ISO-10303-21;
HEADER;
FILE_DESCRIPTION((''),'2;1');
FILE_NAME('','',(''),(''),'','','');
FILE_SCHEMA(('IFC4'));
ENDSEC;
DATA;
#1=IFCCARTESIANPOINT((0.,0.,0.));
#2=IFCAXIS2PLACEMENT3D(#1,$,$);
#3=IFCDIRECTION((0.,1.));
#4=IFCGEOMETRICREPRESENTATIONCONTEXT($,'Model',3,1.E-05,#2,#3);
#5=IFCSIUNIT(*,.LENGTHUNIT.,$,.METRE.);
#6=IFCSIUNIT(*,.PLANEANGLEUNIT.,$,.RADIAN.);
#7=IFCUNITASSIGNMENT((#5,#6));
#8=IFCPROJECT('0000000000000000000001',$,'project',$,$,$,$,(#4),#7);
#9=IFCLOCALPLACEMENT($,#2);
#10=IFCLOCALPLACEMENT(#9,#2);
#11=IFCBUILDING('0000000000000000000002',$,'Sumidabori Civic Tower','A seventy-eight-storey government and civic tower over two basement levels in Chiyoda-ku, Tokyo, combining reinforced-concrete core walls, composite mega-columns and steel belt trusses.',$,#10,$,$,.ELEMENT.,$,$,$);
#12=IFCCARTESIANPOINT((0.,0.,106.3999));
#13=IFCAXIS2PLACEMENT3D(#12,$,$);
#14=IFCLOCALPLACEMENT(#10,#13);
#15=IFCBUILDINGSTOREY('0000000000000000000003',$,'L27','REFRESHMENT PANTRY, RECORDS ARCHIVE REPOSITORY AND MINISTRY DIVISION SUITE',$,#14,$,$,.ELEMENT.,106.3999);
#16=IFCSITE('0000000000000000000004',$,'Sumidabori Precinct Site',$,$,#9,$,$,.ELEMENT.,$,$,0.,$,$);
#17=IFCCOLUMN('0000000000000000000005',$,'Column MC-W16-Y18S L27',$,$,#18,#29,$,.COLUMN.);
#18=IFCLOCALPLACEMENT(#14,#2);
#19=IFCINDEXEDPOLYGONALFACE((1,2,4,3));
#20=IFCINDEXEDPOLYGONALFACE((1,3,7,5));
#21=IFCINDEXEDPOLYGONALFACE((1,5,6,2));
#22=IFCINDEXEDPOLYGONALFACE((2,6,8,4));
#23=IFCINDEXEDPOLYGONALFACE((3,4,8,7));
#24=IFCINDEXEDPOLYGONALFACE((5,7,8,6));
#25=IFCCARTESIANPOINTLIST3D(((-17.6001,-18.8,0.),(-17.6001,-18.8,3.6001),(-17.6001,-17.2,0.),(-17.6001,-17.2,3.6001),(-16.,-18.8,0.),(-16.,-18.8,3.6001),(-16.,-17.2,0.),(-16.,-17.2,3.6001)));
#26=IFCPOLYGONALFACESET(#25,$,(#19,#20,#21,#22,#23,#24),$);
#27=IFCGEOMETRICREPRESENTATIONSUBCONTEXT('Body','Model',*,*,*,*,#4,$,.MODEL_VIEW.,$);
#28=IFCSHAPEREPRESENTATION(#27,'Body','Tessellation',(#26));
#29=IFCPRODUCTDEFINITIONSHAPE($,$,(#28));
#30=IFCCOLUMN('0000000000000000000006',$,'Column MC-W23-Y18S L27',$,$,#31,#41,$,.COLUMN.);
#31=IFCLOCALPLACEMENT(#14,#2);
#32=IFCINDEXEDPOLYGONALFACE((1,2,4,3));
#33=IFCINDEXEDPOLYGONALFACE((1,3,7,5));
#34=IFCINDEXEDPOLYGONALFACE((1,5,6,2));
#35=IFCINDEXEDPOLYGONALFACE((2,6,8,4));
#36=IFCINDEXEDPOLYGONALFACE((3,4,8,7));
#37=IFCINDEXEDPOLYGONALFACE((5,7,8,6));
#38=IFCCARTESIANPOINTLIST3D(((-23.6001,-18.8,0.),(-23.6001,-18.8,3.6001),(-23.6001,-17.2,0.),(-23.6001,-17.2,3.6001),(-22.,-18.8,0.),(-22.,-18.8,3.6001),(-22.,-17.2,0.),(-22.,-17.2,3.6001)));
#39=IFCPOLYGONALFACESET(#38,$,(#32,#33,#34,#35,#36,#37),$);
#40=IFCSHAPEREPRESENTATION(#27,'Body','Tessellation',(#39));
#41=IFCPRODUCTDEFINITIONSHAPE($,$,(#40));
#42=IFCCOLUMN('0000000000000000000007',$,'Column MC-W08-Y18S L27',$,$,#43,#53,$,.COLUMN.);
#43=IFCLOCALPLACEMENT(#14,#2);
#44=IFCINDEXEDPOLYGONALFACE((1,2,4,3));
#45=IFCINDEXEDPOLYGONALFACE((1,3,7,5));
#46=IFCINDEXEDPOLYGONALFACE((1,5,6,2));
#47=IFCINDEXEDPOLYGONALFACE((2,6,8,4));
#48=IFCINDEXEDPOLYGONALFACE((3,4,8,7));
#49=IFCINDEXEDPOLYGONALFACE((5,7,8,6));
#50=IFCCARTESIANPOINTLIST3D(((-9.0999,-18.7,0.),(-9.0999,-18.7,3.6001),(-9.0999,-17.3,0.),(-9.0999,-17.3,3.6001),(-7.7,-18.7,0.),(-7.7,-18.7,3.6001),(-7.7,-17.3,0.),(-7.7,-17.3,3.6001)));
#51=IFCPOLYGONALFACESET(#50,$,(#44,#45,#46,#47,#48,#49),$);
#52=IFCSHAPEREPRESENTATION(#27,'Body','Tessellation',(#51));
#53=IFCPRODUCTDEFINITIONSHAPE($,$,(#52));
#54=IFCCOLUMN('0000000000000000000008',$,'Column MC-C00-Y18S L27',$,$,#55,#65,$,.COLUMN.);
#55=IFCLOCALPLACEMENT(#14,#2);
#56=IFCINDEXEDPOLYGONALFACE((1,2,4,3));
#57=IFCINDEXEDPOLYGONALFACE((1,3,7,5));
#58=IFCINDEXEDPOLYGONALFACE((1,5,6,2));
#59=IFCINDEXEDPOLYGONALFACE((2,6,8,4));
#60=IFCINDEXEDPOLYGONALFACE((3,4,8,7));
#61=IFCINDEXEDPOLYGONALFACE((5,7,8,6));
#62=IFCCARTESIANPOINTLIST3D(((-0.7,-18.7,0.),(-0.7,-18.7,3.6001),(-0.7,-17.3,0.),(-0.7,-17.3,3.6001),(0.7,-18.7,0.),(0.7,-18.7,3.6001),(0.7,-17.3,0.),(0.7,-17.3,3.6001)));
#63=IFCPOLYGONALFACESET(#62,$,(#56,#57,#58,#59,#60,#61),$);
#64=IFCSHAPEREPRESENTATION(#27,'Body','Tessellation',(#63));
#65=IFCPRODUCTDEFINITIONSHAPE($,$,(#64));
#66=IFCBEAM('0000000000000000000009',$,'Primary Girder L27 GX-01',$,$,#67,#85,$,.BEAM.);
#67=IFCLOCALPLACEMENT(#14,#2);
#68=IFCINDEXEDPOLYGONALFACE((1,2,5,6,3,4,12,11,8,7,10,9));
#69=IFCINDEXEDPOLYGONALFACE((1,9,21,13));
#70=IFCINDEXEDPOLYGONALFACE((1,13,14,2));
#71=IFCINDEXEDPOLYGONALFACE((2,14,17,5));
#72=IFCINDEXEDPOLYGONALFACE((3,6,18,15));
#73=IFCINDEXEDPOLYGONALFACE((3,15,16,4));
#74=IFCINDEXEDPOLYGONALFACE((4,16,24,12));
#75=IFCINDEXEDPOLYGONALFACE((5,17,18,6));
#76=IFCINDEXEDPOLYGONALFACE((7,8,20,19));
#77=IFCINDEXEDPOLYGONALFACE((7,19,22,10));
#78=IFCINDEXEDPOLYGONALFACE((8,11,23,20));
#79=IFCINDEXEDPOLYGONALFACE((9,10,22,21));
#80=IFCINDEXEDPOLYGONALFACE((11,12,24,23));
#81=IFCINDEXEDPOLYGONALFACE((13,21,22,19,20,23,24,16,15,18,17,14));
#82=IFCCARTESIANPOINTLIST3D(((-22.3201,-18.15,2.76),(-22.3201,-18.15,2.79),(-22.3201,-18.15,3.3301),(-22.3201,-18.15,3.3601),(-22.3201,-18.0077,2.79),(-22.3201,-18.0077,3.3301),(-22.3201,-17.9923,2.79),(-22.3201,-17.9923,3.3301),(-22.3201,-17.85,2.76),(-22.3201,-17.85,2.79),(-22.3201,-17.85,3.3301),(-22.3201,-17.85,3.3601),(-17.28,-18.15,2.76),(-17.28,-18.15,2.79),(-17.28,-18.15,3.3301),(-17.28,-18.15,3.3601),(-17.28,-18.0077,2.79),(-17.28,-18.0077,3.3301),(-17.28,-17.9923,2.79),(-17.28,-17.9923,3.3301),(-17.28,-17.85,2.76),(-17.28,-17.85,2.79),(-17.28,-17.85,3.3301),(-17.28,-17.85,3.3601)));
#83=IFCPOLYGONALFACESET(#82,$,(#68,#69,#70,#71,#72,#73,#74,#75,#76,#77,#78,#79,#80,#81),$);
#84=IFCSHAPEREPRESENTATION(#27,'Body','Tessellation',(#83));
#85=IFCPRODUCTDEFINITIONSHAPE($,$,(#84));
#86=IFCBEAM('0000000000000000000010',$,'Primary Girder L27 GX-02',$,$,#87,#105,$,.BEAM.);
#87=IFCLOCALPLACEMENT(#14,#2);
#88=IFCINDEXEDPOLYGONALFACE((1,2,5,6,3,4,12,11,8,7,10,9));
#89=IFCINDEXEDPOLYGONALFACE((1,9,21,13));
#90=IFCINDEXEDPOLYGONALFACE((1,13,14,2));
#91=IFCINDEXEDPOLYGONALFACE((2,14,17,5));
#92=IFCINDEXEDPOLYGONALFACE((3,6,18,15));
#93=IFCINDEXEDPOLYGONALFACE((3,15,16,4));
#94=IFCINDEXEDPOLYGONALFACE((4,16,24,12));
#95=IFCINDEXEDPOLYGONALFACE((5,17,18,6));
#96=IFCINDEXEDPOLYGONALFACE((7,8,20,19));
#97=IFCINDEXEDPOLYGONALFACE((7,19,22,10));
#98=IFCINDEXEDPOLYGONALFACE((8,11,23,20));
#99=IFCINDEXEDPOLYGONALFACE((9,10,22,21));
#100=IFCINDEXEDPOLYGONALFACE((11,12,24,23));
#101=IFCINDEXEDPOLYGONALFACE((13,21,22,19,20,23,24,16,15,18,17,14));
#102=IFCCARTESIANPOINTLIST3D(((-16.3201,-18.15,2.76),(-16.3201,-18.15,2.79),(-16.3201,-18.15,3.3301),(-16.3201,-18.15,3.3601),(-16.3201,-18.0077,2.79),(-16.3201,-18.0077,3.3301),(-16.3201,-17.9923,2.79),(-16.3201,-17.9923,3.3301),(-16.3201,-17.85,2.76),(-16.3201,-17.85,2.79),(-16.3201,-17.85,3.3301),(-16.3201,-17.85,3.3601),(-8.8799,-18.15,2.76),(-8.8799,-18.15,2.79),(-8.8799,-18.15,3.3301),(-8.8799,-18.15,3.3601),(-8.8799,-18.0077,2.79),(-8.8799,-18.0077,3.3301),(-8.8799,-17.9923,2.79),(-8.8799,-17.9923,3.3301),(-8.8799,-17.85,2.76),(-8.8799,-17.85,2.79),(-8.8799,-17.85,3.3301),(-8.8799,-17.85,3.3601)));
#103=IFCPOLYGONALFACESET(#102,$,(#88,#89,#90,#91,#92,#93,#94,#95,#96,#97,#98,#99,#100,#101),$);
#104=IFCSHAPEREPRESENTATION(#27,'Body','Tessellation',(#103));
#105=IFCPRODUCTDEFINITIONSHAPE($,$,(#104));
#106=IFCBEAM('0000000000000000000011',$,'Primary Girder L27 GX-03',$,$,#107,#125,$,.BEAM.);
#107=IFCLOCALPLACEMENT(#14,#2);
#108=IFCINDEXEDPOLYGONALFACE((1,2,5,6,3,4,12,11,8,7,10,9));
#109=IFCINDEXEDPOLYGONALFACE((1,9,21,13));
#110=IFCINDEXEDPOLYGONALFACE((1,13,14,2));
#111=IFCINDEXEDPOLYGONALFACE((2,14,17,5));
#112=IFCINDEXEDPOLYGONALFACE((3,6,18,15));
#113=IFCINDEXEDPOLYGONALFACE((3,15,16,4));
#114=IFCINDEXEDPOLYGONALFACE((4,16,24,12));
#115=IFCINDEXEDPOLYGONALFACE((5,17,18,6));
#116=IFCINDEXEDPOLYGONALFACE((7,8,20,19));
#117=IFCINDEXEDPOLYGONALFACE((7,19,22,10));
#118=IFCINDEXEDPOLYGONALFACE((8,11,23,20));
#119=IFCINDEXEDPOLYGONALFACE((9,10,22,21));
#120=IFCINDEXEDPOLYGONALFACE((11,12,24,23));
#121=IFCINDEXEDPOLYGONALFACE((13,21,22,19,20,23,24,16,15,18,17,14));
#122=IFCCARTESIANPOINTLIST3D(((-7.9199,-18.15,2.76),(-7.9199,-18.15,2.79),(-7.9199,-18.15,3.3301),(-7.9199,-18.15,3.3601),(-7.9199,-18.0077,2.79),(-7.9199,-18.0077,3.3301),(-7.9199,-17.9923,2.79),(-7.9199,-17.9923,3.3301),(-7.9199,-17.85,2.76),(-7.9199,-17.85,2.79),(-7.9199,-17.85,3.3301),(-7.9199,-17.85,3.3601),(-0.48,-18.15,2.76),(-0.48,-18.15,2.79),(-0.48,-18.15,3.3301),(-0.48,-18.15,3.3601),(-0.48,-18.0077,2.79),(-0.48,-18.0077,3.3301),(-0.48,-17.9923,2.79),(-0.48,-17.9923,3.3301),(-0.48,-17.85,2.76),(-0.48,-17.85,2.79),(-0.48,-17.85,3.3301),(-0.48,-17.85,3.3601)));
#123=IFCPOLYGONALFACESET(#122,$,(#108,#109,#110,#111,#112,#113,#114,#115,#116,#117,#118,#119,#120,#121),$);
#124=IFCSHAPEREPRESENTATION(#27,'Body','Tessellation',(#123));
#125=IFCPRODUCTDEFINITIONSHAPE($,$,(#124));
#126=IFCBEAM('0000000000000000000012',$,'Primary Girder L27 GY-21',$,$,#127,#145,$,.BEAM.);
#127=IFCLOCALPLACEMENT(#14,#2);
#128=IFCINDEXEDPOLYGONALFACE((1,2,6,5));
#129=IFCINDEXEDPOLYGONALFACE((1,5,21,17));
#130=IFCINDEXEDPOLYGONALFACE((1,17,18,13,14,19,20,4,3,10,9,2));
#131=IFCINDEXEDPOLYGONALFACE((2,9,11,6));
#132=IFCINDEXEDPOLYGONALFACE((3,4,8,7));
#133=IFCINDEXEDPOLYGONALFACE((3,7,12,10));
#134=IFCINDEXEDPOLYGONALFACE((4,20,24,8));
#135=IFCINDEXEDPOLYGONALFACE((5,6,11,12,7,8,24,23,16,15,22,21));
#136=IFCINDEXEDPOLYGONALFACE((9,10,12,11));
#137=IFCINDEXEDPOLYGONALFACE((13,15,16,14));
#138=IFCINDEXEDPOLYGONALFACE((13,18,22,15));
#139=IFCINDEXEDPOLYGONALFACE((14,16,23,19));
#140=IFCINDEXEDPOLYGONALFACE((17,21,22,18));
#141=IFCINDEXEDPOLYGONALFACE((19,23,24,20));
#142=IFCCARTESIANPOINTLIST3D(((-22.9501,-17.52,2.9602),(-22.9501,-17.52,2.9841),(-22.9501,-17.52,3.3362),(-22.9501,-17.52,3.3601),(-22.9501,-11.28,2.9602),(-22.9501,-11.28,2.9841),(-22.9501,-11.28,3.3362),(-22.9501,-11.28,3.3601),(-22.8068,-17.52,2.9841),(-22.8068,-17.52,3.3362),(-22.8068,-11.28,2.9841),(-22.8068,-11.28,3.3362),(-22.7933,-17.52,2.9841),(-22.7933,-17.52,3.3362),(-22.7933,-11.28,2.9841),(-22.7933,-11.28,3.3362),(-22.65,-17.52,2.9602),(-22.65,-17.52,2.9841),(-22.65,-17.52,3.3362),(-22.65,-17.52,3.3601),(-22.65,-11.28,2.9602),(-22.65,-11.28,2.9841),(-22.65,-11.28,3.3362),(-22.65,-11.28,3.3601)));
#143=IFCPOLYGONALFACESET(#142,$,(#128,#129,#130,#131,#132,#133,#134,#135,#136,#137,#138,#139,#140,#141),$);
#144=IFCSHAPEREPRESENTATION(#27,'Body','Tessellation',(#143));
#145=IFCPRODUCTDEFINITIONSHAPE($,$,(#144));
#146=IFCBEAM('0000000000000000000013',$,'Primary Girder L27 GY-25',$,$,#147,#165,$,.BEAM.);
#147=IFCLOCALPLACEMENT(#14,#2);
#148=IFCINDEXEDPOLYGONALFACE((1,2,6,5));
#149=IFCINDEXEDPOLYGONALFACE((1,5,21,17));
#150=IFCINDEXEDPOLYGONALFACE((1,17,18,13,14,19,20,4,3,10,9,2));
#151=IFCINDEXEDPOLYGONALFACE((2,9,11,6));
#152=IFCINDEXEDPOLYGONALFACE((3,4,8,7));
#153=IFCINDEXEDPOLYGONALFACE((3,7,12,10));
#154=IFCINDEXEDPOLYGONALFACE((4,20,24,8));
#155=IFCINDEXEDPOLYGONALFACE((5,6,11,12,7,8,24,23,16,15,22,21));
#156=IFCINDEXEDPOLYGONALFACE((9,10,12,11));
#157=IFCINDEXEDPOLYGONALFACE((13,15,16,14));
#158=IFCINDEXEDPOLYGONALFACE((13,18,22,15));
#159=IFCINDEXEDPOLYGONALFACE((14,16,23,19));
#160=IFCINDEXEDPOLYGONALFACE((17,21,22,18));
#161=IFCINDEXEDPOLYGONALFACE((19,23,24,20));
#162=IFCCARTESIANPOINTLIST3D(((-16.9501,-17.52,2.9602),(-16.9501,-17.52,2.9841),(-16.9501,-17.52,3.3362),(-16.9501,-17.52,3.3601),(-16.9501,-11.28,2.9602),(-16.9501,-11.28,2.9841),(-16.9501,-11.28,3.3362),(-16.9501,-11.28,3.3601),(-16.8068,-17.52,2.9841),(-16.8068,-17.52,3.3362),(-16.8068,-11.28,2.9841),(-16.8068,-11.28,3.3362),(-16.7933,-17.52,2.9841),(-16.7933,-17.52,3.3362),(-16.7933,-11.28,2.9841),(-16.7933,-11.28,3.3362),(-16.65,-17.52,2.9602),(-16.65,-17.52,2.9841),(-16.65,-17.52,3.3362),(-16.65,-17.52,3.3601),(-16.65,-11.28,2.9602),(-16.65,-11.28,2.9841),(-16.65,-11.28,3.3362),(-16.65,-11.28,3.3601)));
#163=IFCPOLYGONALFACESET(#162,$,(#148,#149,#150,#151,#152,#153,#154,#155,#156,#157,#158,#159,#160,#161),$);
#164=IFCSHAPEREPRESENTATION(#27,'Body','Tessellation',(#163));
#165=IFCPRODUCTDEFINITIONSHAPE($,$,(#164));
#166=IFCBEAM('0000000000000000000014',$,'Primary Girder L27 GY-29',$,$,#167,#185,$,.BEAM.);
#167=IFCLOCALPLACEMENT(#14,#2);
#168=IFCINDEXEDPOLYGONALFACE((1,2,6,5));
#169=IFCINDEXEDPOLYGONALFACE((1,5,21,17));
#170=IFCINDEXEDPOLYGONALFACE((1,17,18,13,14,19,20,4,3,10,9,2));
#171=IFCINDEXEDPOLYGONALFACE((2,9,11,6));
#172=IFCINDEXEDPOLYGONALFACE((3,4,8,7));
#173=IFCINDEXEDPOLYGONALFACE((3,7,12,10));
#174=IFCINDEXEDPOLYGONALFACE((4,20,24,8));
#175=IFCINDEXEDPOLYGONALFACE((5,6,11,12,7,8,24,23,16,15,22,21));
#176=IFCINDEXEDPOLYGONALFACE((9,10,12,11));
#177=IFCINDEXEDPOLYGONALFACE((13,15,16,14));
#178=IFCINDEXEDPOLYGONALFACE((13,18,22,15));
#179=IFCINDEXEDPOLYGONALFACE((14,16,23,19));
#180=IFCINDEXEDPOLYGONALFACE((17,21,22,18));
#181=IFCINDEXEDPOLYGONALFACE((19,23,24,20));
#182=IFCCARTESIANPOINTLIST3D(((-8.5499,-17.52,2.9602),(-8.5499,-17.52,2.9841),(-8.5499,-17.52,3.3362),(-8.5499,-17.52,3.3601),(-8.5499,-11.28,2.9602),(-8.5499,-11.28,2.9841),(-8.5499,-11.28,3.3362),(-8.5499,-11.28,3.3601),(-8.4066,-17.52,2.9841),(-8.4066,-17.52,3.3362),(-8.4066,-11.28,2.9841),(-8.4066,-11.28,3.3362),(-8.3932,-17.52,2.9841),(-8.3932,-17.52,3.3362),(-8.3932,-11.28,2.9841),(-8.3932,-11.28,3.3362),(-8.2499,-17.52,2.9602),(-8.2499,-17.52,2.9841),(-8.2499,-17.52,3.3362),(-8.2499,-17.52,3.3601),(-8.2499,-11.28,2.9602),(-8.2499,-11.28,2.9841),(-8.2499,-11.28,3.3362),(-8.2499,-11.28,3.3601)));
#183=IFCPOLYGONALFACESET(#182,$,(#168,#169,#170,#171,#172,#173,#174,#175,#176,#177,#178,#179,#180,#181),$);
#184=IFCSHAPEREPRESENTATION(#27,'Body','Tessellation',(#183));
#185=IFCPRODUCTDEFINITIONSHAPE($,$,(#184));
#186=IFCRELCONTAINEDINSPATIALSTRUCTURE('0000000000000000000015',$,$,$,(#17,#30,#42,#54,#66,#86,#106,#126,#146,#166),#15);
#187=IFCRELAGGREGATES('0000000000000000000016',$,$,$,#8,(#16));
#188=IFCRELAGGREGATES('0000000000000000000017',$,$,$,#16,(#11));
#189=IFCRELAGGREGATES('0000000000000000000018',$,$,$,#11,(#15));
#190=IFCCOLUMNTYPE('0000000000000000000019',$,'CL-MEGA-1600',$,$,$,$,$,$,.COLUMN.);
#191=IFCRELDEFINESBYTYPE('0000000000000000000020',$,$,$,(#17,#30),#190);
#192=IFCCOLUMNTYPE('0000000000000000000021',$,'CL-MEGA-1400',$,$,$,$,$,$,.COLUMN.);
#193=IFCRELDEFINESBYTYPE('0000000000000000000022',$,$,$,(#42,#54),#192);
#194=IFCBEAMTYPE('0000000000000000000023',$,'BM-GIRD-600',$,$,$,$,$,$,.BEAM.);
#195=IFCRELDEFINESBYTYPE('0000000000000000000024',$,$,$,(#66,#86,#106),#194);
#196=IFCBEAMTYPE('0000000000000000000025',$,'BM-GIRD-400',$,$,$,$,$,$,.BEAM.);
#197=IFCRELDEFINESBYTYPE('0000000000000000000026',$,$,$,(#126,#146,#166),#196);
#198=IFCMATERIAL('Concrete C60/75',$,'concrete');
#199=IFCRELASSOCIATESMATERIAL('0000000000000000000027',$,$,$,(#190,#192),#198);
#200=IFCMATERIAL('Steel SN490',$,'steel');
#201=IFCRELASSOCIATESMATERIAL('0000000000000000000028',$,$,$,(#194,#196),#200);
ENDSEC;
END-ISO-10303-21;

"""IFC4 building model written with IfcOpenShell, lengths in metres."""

from ifc_helpers import new_model, si_unit, direction, frame, origin, origin_2d, place, context, subcontext, project, spatial, rectangle, i_section, extrude, source, transform, mapped, material, material_profile, profile_set, type_object, element, save


model = new_model("IFC4")

# Units and contexts
model_context = context("Model", 3, precision=1e-05, world=origin(), true_north=direction((0.0, 1.0)))
body_context = subcontext(model_context, "Body", "Model", "MODEL_VIEW")
ifc_project = project(units=[si_unit("LENGTHUNIT", "METRE"), si_unit("PLANEANGLEUNIT", "RADIAN")], contexts=[model_context])

# Site, building, storey
site_placement = place(None, origin())
site = spatial("IfcSite", under=ifc_project, at=site_placement, Name="Sumidabori Precinct Site", CompositionType="ELEMENT", RefElevation=0.0)
building_placement = place(site_placement, origin())
building = spatial("IfcBuilding", under=site, at=building_placement, Name="Sumidabori Civic Tower", Description="A seventy-eight-storey government and civic tower over two basement levels in Chiyoda-ku, Tokyo, combining reinforced-concrete core walls, composite mega-columns and steel belt trusses.", CompositionType="ELEMENT")
storey_placement = place(building_placement, frame((0.0, 0.0, 106.3999)))
storey = spatial("IfcBuildingStorey", under=building, at=storey_placement, Name="L27", Description="REFRESHMENT PANTRY, RECORDS ARCHIVE REPOSITORY AND MINISTRY DIVISION SUITE", CompositionType="ELEMENT", Elevation=106.3999)

# Columns
ifc_material_1 = material(Name="Concrete C60/75", Category="concrete")
ifc_material_profile_1 = material_profile(ifc_material_1, rectangle(XDim=1.6001, YDim=1.6001, at=origin_2d()), Name="RC 1600x1600")
ifc_profile_set_1 = profile_set([ifc_material_profile_1], Name="Concrete C60/75")
column_type_1 = type_object("IfcColumnType", Name="CL-MEGA-1600", PredefinedType="COLUMN", material=ifc_profile_set_1)
shared_shape_1 = source(origin(), body_context, "Body", "SweptSolid", [
    extrude(rectangle(XDim=1.6001, YDim=1.6001, at=origin_2d()), origin(), (0.0, 0.0, 1.0), 3.6001),
])
for number, where, z_axis, x_axis, name in (
    (1, (-16.8, -18.0, 0.0), (0.0, 0.0, 1.0), (1.0, 0.0, 0.0), "Column MC-W16-Y18S L27"),
    (2, (-22.8, -18.0, 0.0), (0.0, 0.0, 1.0), (1.0, 0.0, 0.0), "Column MC-W23-Y18S L27"),
):
    element("IfcColumn", number, at=place(storey_placement, frame(where, z_axis=z_axis, x_axis=x_axis)), inside=storey, type_object=column_type_1, Name=name, PredefinedType="COLUMN", context=body_context, shape_type="MappedRepresentation", body=[
        mapped(shared_shape_1, transform((0.0, 0.0, 0.0), x_axis=(1.0, 0.0, 0.0), y_axis=(0.0, 1.0, 0.0), z_axis=(0.0, 0.0, 1.0), scale=1.0)),
    ])
ifc_material_profile_2 = material_profile(ifc_material_1, rectangle(XDim=1.3999, YDim=1.3999, at=origin_2d()), Name="RC 1400x1400")
ifc_profile_set_2 = profile_set([ifc_material_profile_2], Name="Concrete C60/75")
column_type_2 = type_object("IfcColumnType", Name="CL-MEGA-1400", PredefinedType="COLUMN", material=ifc_profile_set_2)
shared_shape_2 = source(origin(), body_context, "Body", "SweptSolid", [
    extrude(rectangle(XDim=1.3999, YDim=1.3999, at=origin_2d()), origin(), (0.0, 0.0, 1.0), 3.6001),
])
for number, where, z_axis, x_axis, name in (
    (3, (-8.3999, -18.0, 0.0), (0.0, 0.0, 1.0), (1.0, 0.0, 0.0), "Column MC-W08-Y18S L27"),
    (4, (0.0, -18.0, 0.0), (0.0, 0.0, 1.0), (1.0, 0.0, 0.0), "Column MC-C00-Y18S L27"),
):
    element("IfcColumn", number, at=place(storey_placement, frame(where, z_axis=z_axis, x_axis=x_axis)), inside=storey, type_object=column_type_2, Name=name, PredefinedType="COLUMN", context=body_context, shape_type="MappedRepresentation", body=[
        mapped(shared_shape_2, transform((0.0, 0.0, 0.0), x_axis=(1.0, 0.0, 0.0), y_axis=(0.0, 1.0, 0.0), z_axis=(0.0, 0.0, 1.0), scale=1.0)),
    ])

# Beams
ifc_material_2 = material(Name="Steel SN490", Category="steel")
ifc_material_profile_3 = material_profile(ifc_material_2, i_section(OverallWidth=0.3, OverallDepth=0.6001, WebThickness=0.0154, FlangeThickness=0.03, at=origin_2d()), Name="HE 600 B")
ifc_profile_set_3 = profile_set([ifc_material_profile_3], Name="Steel SN490")
beam_type_1 = type_object("IfcBeamType", Name="BM-GIRD-600", PredefinedType="BEAM", material=ifc_profile_set_3)
shared_shape_3 = source(origin(), body_context, "Body", "SweptSolid", [
    extrude(i_section(OverallWidth=0.3, OverallDepth=0.6001, WebThickness=0.0154, FlangeThickness=0.03, at=origin_2d()), origin(), (0.0, 0.0, 1.0), 5.04),
])
beam_1_placement = place(storey_placement, frame((-22.3201, -18.0, 3.0601), z_axis=(1.0, 0.0, 0.0), x_axis=(0.0, 1.0, 0.0)))
element("IfcBeam", 5, at=beam_1_placement, inside=storey, type_object=beam_type_1, Name="Primary Girder L27 GX-01", PredefinedType="BEAM", context=body_context, shape_type="MappedRepresentation", body=[
    mapped(shared_shape_3, transform((0.0, 0.0, 0.0), x_axis=(1.0, 0.0, 0.0), y_axis=(0.0, 1.0, 0.0), z_axis=(0.0, 0.0, 1.0), scale=1.0)),
])
shared_shape_4 = source(origin(), body_context, "Body", "SweptSolid", [
    extrude(i_section(OverallWidth=0.3, OverallDepth=0.6001, WebThickness=0.0154, FlangeThickness=0.03, at=origin_2d()), origin(), (0.0, 0.0, 1.0), 7.4402),
])
beam_2_placement = place(storey_placement, frame((-16.3201, -18.0, 3.0601), z_axis=(1.0, 0.0, 0.0), x_axis=(0.0, 1.0, 0.0)))
element("IfcBeam", 6, at=beam_2_placement, inside=storey, type_object=beam_type_1, Name="Primary Girder L27 GX-02", PredefinedType="BEAM", context=body_context, shape_type="MappedRepresentation", body=[
    mapped(shared_shape_4, transform((0.0, 0.0, 0.0), x_axis=(1.0, 0.0, 0.0), y_axis=(0.0, 1.0, 0.0), z_axis=(0.0, 0.0, 1.0), scale=1.0)),
])
shared_shape_5 = source(origin(), body_context, "Body", "SweptSolid", [
    extrude(i_section(OverallWidth=0.3, OverallDepth=0.6001, WebThickness=0.0154, FlangeThickness=0.03, at=origin_2d()), origin(), (0.0, 0.0, 1.0), 7.4399),
])
beam_3_placement = place(storey_placement, frame((-7.9199, -18.0, 3.0601), z_axis=(1.0, 0.0, 0.0), x_axis=(0.0, 1.0, 0.0)))
element("IfcBeam", 7, at=beam_3_placement, inside=storey, type_object=beam_type_1, Name="Primary Girder L27 GX-03", PredefinedType="BEAM", context=body_context, shape_type="MappedRepresentation", body=[
    mapped(shared_shape_5, transform((0.0, 0.0, 0.0), x_axis=(1.0, 0.0, 0.0), y_axis=(0.0, 1.0, 0.0), z_axis=(0.0, 0.0, 1.0), scale=1.0)),
])
ifc_material_profile_4 = material_profile(ifc_material_2, i_section(OverallWidth=0.3, OverallDepth=0.3999, WebThickness=0.0134, FlangeThickness=0.0239, at=origin_2d()), Name="HE 400 B")
ifc_profile_set_4 = profile_set([ifc_material_profile_4], Name="Steel SN490")
beam_type_2 = type_object("IfcBeamType", Name="BM-GIRD-400", PredefinedType="BEAM", material=ifc_profile_set_4)
shared_shape_6 = source(origin(), body_context, "Body", "SweptSolid", [
    extrude(i_section(OverallWidth=0.3, OverallDepth=0.3999, WebThickness=0.0134, FlangeThickness=0.0239, at=origin_2d()), origin(), (0.0, 0.0, 1.0), 6.24),
])
for number, where, z_axis, x_axis, name in (
    (8, (-22.8, -17.52, 3.1602), (0.0, 1.0, 0.0), (-1.0, 0.0, 0.0), "Primary Girder L27 GY-21"),
    (9, (-16.8, -17.52, 3.1602), (0.0, 1.0, 0.0), (-1.0, 0.0, 0.0), "Primary Girder L27 GY-25"),
    (10, (-8.3999, -17.52, 3.1602), (0.0, 1.0, 0.0), (-1.0, 0.0, 0.0), "Primary Girder L27 GY-29"),
):
    element("IfcBeam", number, at=place(storey_placement, frame(where, z_axis=z_axis, x_axis=x_axis)), inside=storey, type_object=beam_type_2, Name=name, PredefinedType="BEAM", context=body_context, shape_type="MappedRepresentation", body=[
        mapped(shared_shape_6, transform((0.0, 0.0, 0.0), x_axis=(1.0, 0.0, 0.0), y_axis=(0.0, 1.0, 0.0), z_axis=(0.0, 0.0, 1.0), scale=1.0)),
    ])

save(model, "model.ifc")
